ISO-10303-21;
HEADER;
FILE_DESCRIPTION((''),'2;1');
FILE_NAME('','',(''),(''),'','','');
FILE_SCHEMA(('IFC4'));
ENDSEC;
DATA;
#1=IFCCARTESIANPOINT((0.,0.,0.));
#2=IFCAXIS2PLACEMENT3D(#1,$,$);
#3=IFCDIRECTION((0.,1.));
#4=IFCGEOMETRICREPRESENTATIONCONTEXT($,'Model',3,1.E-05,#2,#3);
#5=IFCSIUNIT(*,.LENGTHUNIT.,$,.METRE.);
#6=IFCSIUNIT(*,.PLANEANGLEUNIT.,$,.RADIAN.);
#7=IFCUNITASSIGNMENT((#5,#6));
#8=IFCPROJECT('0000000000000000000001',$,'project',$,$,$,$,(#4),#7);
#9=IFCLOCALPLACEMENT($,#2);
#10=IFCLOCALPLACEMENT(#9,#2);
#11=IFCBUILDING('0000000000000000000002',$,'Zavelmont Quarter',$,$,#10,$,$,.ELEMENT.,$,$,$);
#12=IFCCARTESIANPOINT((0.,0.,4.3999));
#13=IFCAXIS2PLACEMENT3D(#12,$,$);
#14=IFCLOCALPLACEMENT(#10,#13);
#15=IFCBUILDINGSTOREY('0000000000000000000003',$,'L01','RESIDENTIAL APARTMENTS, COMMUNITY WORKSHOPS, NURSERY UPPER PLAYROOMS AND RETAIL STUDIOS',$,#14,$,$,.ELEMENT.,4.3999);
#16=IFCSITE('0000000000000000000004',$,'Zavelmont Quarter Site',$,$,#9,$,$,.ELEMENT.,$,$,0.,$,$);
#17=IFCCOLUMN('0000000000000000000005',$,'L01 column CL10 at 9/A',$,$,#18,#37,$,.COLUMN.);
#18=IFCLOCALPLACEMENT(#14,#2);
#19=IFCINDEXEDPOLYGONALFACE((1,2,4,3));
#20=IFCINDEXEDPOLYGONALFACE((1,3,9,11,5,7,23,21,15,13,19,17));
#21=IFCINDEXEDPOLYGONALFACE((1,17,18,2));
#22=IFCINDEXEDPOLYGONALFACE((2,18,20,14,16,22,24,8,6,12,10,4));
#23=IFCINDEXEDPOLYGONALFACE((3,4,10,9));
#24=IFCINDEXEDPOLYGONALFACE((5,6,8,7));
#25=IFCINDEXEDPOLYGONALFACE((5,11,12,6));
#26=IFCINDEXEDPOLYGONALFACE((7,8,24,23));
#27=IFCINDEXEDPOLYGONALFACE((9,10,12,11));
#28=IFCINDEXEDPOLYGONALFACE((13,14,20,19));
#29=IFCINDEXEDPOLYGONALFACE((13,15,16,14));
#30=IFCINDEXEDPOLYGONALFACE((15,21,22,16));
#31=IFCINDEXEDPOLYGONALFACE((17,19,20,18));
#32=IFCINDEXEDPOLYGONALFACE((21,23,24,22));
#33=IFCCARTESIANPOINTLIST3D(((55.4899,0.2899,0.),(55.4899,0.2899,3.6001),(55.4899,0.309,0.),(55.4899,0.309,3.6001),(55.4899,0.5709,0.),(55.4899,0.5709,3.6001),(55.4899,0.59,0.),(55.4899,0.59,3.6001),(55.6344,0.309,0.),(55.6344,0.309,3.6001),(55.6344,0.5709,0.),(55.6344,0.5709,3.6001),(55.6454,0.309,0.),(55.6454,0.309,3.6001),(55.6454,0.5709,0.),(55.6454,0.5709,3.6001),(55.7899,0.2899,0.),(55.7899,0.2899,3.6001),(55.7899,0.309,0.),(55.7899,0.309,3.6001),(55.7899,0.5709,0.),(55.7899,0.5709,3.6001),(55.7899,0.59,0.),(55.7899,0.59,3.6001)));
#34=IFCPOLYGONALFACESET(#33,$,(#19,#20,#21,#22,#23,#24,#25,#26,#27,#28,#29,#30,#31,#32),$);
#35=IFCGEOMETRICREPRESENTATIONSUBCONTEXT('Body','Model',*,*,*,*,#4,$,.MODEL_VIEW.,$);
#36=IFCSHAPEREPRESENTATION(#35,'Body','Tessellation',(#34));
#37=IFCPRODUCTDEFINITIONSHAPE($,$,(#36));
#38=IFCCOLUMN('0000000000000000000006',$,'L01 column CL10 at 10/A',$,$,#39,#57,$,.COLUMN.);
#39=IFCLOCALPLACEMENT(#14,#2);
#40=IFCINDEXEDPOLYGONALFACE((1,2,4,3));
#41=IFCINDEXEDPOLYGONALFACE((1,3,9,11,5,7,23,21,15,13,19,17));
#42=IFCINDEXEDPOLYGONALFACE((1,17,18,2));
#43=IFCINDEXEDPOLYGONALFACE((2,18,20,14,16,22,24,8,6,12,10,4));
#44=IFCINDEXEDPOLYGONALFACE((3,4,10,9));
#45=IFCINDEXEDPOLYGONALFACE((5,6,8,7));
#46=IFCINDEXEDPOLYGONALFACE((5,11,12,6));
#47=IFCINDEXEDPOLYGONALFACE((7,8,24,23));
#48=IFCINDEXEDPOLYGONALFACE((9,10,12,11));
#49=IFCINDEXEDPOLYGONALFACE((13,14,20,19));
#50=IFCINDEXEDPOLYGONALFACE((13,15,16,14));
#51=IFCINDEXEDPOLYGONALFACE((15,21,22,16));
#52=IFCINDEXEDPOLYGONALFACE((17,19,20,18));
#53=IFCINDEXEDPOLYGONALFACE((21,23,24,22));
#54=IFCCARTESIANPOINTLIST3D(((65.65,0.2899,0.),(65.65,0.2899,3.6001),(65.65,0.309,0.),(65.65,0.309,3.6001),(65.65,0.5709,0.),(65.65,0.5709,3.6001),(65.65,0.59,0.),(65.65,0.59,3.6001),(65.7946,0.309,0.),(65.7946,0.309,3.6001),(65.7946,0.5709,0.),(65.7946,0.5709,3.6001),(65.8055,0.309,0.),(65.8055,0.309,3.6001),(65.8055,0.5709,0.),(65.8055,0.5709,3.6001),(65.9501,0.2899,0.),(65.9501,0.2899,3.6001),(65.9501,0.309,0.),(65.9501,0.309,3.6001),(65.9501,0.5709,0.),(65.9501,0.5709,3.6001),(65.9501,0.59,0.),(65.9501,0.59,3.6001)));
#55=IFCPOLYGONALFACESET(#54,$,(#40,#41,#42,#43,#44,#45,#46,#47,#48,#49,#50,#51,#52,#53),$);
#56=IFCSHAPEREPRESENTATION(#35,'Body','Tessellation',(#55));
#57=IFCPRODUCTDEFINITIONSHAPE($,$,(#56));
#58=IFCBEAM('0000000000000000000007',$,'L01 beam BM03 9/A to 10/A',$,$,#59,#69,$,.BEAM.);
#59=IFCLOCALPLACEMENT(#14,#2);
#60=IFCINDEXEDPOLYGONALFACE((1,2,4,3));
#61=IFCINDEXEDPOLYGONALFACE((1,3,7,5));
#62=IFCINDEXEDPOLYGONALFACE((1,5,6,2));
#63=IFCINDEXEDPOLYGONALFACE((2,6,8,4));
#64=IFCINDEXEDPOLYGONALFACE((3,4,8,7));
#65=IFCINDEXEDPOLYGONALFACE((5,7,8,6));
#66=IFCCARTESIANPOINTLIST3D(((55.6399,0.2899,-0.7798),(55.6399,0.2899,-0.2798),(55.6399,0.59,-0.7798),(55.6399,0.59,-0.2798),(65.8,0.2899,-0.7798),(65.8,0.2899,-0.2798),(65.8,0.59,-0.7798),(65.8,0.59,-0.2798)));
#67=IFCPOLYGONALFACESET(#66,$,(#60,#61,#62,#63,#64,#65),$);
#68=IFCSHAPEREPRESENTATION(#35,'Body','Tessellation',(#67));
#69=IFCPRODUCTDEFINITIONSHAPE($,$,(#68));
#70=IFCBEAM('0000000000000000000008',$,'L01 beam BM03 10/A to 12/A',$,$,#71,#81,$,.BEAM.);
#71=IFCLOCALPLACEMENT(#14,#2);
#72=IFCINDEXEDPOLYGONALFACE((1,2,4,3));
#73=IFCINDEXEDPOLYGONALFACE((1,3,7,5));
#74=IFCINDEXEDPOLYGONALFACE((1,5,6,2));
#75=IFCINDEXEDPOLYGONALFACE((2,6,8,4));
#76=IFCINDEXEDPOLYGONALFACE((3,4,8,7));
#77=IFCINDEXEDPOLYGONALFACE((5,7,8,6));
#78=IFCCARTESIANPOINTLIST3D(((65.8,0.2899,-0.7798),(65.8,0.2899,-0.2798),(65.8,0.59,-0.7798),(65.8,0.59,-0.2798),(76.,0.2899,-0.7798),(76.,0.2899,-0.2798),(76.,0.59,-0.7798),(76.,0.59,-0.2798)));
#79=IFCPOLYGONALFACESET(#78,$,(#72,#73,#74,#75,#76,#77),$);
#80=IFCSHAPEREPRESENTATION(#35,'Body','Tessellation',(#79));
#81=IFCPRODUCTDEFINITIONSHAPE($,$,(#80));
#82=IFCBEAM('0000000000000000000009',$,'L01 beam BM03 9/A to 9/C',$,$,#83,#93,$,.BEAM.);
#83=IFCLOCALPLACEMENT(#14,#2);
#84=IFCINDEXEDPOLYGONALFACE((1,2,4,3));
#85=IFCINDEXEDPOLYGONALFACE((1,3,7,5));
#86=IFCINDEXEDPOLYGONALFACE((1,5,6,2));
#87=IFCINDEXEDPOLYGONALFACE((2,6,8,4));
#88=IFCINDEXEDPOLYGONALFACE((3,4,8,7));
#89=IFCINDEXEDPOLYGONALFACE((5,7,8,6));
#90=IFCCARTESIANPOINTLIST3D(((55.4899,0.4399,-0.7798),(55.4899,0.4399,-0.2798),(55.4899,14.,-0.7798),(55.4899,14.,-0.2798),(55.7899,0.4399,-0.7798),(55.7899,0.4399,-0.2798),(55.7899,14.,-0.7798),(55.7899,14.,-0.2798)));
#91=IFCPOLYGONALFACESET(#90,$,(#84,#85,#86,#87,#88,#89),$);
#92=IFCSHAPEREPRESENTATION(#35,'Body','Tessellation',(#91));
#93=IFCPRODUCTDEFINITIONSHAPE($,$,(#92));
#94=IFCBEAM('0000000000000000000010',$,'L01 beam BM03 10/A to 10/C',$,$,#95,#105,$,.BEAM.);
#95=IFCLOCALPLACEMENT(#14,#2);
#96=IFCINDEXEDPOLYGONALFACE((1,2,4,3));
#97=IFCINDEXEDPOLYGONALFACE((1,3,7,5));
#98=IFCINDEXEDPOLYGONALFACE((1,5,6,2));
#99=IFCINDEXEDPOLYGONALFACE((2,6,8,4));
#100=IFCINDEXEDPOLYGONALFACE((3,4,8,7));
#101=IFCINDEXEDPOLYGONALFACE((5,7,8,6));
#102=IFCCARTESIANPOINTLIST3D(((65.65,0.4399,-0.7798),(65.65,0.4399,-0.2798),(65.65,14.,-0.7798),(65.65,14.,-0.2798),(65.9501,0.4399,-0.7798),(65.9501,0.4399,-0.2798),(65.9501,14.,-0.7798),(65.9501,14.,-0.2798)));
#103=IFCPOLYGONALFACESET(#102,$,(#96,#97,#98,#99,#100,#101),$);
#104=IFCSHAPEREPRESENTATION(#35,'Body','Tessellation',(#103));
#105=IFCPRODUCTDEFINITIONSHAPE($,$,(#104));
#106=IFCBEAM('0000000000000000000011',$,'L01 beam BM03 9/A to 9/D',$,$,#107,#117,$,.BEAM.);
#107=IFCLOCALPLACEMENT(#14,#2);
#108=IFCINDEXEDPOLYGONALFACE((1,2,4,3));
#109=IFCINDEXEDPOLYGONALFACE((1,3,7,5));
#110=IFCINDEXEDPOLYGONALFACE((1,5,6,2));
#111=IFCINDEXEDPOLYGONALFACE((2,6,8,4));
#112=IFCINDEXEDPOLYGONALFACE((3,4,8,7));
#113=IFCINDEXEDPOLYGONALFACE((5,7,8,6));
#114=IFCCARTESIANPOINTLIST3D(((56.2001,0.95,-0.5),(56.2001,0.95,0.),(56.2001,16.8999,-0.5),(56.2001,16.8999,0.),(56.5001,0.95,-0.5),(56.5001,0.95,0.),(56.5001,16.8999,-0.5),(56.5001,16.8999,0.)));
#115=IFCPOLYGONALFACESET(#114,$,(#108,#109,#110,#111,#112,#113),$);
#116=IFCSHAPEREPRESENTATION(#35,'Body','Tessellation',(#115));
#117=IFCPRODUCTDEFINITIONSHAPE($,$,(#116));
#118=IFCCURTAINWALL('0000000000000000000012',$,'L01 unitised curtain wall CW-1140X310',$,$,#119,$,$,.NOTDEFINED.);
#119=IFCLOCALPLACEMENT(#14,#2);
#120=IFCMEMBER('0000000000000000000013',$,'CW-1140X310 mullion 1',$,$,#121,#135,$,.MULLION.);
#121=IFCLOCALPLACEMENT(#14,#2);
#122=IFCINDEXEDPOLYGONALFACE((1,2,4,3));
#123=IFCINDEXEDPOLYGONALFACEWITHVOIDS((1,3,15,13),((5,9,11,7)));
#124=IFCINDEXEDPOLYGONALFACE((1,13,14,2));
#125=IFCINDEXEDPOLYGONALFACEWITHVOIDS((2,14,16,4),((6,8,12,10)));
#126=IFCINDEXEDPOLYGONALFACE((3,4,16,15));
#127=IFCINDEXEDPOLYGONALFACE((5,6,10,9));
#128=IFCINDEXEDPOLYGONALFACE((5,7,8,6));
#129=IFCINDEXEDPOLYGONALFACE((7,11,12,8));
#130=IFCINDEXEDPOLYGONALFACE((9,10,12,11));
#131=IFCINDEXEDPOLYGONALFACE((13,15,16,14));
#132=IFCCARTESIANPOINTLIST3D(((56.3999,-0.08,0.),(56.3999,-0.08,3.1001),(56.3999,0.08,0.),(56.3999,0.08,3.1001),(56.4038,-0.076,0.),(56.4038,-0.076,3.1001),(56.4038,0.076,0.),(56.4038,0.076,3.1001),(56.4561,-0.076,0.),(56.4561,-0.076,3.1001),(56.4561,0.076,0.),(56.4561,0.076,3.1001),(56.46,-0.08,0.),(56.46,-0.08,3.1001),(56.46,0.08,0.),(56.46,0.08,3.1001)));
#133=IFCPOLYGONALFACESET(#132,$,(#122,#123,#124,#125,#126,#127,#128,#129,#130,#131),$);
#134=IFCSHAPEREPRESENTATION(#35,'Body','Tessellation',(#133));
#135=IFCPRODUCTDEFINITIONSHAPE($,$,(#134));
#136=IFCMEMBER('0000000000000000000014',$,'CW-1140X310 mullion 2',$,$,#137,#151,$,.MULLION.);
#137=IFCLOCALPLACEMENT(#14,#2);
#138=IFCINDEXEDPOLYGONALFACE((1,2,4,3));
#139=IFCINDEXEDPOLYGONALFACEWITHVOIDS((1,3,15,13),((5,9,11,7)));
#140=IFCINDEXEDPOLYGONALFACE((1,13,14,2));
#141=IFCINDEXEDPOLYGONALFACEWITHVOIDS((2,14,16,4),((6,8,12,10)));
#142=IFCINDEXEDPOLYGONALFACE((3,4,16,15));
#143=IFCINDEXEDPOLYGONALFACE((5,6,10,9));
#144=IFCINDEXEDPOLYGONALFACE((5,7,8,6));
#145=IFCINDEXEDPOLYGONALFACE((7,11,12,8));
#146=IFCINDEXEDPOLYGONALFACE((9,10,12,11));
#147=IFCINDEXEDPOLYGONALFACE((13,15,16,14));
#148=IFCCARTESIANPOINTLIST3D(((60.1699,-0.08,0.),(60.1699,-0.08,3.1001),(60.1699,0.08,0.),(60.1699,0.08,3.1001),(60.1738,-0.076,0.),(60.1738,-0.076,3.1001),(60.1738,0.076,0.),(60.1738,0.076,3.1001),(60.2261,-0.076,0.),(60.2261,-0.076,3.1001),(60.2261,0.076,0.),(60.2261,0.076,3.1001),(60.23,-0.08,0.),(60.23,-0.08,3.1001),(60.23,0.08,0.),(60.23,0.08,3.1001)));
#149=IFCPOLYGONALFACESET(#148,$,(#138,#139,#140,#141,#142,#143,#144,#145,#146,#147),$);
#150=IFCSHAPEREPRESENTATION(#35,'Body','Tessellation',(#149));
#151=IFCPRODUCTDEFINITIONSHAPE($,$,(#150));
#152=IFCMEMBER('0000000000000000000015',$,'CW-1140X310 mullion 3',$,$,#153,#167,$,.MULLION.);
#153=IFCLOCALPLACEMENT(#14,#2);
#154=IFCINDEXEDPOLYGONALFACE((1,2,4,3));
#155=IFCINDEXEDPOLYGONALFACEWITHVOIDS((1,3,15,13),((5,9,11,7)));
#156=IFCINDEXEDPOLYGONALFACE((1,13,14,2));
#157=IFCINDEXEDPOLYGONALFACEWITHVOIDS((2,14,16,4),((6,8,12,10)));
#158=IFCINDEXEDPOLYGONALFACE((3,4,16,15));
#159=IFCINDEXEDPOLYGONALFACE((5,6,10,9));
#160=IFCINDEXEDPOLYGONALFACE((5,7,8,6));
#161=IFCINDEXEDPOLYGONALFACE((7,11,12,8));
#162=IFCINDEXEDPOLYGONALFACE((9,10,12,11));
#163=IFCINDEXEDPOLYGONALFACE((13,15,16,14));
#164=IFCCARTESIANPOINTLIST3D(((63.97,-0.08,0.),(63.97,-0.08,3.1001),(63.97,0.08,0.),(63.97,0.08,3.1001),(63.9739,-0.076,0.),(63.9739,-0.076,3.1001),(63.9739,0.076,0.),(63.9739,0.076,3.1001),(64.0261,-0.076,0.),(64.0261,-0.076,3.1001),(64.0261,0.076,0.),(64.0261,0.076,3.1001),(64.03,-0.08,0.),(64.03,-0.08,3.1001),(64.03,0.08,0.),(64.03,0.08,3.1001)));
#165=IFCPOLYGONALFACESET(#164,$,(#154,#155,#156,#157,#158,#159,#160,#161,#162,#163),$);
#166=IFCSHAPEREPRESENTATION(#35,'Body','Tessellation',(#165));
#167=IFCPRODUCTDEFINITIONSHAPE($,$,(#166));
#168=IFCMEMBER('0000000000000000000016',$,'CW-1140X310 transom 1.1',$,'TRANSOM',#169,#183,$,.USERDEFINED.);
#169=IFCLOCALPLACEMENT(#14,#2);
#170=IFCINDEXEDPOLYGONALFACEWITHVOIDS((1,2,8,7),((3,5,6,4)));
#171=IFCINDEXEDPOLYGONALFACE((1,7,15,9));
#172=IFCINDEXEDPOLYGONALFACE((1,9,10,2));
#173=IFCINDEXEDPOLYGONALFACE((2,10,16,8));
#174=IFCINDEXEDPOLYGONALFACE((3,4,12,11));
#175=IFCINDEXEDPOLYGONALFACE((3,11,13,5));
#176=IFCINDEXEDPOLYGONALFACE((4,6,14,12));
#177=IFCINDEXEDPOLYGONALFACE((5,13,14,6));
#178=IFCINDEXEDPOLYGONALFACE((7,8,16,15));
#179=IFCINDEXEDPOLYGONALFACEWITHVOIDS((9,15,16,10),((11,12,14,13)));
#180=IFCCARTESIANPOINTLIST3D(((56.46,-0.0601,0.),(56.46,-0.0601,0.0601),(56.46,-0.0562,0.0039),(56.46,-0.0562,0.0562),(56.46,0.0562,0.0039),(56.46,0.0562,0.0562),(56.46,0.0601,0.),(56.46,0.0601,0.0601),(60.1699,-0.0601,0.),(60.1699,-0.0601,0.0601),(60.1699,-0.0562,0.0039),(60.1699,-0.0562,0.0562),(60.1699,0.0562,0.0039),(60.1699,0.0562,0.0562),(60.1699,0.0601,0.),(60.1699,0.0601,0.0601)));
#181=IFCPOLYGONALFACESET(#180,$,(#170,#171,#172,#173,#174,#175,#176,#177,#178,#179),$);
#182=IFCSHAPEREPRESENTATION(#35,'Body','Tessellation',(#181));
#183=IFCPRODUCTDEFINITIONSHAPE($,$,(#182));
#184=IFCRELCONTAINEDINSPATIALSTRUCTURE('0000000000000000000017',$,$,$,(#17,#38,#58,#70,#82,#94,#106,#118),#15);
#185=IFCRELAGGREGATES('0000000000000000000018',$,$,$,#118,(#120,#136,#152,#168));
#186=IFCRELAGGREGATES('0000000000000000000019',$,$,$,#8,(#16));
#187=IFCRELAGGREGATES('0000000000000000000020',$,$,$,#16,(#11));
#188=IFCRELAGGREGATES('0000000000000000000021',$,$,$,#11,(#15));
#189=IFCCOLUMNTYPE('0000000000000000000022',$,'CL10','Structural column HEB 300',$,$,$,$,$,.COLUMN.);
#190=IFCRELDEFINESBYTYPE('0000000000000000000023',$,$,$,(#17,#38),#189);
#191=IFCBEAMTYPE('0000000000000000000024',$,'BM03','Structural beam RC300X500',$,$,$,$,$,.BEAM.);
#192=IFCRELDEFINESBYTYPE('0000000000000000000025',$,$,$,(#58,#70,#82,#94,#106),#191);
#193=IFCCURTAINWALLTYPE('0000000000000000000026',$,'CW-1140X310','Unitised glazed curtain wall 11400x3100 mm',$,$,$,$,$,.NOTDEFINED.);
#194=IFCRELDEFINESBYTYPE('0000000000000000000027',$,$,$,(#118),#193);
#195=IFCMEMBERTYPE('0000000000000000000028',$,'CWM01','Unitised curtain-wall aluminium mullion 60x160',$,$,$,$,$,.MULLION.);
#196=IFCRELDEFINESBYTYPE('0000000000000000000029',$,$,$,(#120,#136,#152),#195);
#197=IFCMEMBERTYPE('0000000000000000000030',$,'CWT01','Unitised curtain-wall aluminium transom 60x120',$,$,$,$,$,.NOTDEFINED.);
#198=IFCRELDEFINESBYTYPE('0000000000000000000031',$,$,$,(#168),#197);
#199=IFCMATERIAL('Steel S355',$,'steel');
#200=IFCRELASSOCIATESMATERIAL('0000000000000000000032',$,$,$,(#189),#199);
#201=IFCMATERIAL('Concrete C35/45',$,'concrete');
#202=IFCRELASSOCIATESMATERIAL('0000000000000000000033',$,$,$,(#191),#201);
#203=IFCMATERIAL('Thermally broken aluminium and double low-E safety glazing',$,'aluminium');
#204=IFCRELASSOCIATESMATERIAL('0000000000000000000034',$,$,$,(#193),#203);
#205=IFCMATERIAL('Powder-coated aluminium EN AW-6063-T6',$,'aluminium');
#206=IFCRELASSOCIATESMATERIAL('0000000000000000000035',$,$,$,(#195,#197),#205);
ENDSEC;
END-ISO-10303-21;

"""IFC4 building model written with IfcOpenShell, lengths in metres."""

from ifc_helpers import new_model, si_unit, direction, frame, origin, origin_2d, place, context, subcontext, project, spatial, rectangle, hollow_rectangle, i_section, extrude, material, material_profile, profile_set, type_object, element, aggregate, save


model = new_model("IFC4")

# Units and contexts
model_context = context("Model", 3, precision=1e-05, world=origin(), true_north=direction((0.0, 1.0)))
body_context = subcontext(model_context, "Body", "Model", "MODEL_VIEW")
ifc_project = project(units=[si_unit("LENGTHUNIT", "METRE"), si_unit("PLANEANGLEUNIT", "RADIAN")], contexts=[model_context])

# Site, building, storey
site_placement = place(None, origin())
site = spatial("IfcSite", under=ifc_project, at=site_placement, Name="Zavelmont Quarter Site", CompositionType="ELEMENT", RefElevation=0.0)
building_placement = place(site_placement, origin())
building = spatial("IfcBuilding", under=site, at=building_placement, Name="Zavelmont Quarter", CompositionType="ELEMENT")
storey_placement = place(building_placement, frame((0.0, 0.0, 4.3999)))
storey = spatial("IfcBuildingStorey", under=building, at=storey_placement, Name="L01", Description="RESIDENTIAL APARTMENTS, COMMUNITY WORKSHOPS, NURSERY UPPER PLAYROOMS AND RETAIL STUDIOS", CompositionType="ELEMENT", Elevation=4.3999)

# Columns
ifc_material_1 = material(Name="Steel S355", Category="steel")
ifc_material_profile_1 = material_profile(ifc_material_1, i_section(OverallWidth=0.3, OverallDepth=0.3, WebThickness=0.011, FlangeThickness=0.019, at=origin_2d()), Name="HEB 300")
ifc_profile_set_1 = profile_set([ifc_material_profile_1], Name="Steel S355")
column_type = type_object("IfcColumnType", Name="CL10", Description="Structural column HEB 300", PredefinedType="COLUMN", material=ifc_profile_set_1)
for number, where, z_axis, x_axis, name in (
    (1, (55.6399, 0.4399, 0.0), (0.0, 0.0, 1.0), (1.0, 0.0, 0.0), "L01 column CL10 at 9/A"),
    (2, (65.8, 0.4399, 0.0), (0.0, 0.0, 1.0), (1.0, 0.0, 0.0), "L01 column CL10 at 10/A"),
):
    element("IfcColumn", number, at=place(storey_placement, frame(where, z_axis=z_axis, x_axis=x_axis)), inside=storey, type_object=column_type, Name=name, PredefinedType="COLUMN", context=body_context, shape_type="SweptSolid", body=[
        extrude(i_section(OverallWidth=0.3, OverallDepth=0.3, WebThickness=0.011, FlangeThickness=0.019, at=origin_2d()), origin(), (0.0, 0.0, 1.0), 3.6001),
    ])

# Beams
ifc_material_2 = material(Name="Concrete C35/45", Category="concrete")
ifc_material_profile_2 = material_profile(ifc_material_2, rectangle(XDim=0.3, YDim=0.5, at=origin_2d()), Name="RC300X500")
ifc_profile_set_2 = profile_set([ifc_material_profile_2], Name="Concrete C35/45")
beam_type = type_object("IfcBeamType", Name="BM03", Description="Structural beam RC300X500", PredefinedType="BEAM", material=ifc_profile_set_2)
beam_1_placement = place(storey_placement, frame((55.6399, 0.4399, -0.5298), z_axis=(1.0, 0.0, 0.0), x_axis=(0.0, 1.0, 0.0)))
element("IfcBeam", 3, at=beam_1_placement, inside=storey, type_object=beam_type, Name="L01 beam BM03 9/A to 10/A", PredefinedType="BEAM", context=body_context, shape_type="SweptSolid", body=[
    extrude(rectangle(XDim=0.3, YDim=0.5, at=origin_2d()), origin(), (0.0, 0.0, 1.0), 10.1602),
])
beam_2_placement = place(storey_placement, frame((65.8, 0.4399, -0.5298), z_axis=(1.0, 0.0, 0.0), x_axis=(0.0, 1.0, 0.0)))
element("IfcBeam", 4, at=beam_2_placement, inside=storey, type_object=beam_type, Name="L01 beam BM03 10/A to 12/A", PredefinedType="BEAM", context=body_context, shape_type="SweptSolid", body=[
    extrude(rectangle(XDim=0.3, YDim=0.5, at=origin_2d()), origin(), (0.0, 0.0, 1.0), 10.2),
])
for number, where, z_axis, x_axis, name in (
    (5, (55.6399, 0.4399, -0.5298), (0.0, 1.0, 0.0), (-1.0, 0.0, 0.0), "L01 beam BM03 9/A to 9/C"),
    (6, (65.8, 0.4399, -0.5298), (0.0, 1.0, 0.0), (-1.0, 0.0, 0.0), "L01 beam BM03 10/A to 10/C"),
):
    element("IfcBeam", number, at=place(storey_placement, frame(where, z_axis=z_axis, x_axis=x_axis)), inside=storey, type_object=beam_type, Name=name, PredefinedType="BEAM", context=body_context, shape_type="SweptSolid", body=[
        extrude(rectangle(XDim=0.3, YDim=0.5, at=origin_2d()), origin(), (0.0, 0.0, 1.0), 13.5601),
    ])
beam_3_placement = place(storey_placement, frame((56.3501, 0.95, -0.25), z_axis=(0.0, 1.0, 0.0), x_axis=(-1.0, 0.0, 0.0)))
element("IfcBeam", 7, at=beam_3_placement, inside=storey, type_object=beam_type, Name="L01 beam BM03 9/A to 9/D", PredefinedType="BEAM", context=body_context, shape_type="SweptSolid", body=[
    extrude(rectangle(XDim=0.3, YDim=0.5, at=origin_2d()), origin(), (0.0, 0.0, 1.0), 15.95),
])

# Curtain wall, members
ifc_material_3 = material(Name="Thermally broken aluminium and double low-E safety glazing", Category="aluminium")
curtain_wall_type = type_object("IfcCurtainWallType", Name="CW-1140X310", Description="Unitised glazed curtain wall 11400x3100 mm", PredefinedType="NOTDEFINED", material=ifc_material_3)
curtain_wall_placement = place(storey_placement, origin())
curtain_wall = element("IfcCurtainWall", 8, at=curtain_wall_placement, inside=storey, type_object=curtain_wall_type, Name="L01 unitised curtain wall CW-1140X310", PredefinedType="NOTDEFINED")
ifc_material_4 = material(Name="Powder-coated aluminium EN AW-6063-T6", Category="aluminium")
ifc_material_profile_3 = material_profile(ifc_material_4, hollow_rectangle(XDim=0.0601, YDim=0.1599, WallThickness=0.0039, at=origin_2d()), Name="CWM60X160")
ifc_profile_set_3 = profile_set([ifc_material_profile_3], Name="Powder-coated aluminium EN AW-6063-T6")
member_type_1 = type_object("IfcMemberType", Name="CWM01", Description="Unitised curtain-wall aluminium mullion 60x160", PredefinedType="MULLION", material=ifc_profile_set_3)
member_1_placement = place(storey_placement, frame((56.4299, 0.0, 0.0), z_axis=(0.0, 0.0, 1.0), x_axis=(1.0, 0.0, 0.0)))
member_1 = element("IfcMember", 9, at=member_1_placement, type_object=member_type_1, Name="CW-1140X310 mullion 1", PredefinedType="MULLION", context=body_context, shape_type="SweptSolid", body=[
    extrude(hollow_rectangle(XDim=0.0601, YDim=0.1599, WallThickness=0.0039, at=origin_2d()), origin(), (0.0, 0.0, 1.0), 3.1001),
])
member_2_placement = place(storey_placement, frame((60.2, 0.0, 0.0), z_axis=(0.0, 0.0, 1.0), x_axis=(1.0, 0.0, 0.0)))
member_2 = element("IfcMember", 10, at=member_2_placement, type_object=member_type_1, Name="CW-1140X310 mullion 2", PredefinedType="MULLION", context=body_context, shape_type="SweptSolid", body=[
    extrude(hollow_rectangle(XDim=0.0601, YDim=0.1599, WallThickness=0.0039, at=origin_2d()), origin(), (0.0, 0.0, 1.0), 3.1001),
])
member_3_placement = place(storey_placement, frame((64.0, 0.0, 0.0), z_axis=(0.0, 0.0, 1.0), x_axis=(1.0, 0.0, 0.0)))
member_3 = element("IfcMember", 11, at=member_3_placement, type_object=member_type_1, Name="CW-1140X310 mullion 3", PredefinedType="MULLION", context=body_context, shape_type="SweptSolid", body=[
    extrude(hollow_rectangle(XDim=0.0601, YDim=0.1599, WallThickness=0.0039, at=origin_2d()), origin(), (0.0, 0.0, 1.0), 3.1001),
])
ifc_material_profile_4 = material_profile(ifc_material_4, hollow_rectangle(XDim=0.1201, YDim=0.0601, WallThickness=0.0039, at=origin_2d()), Name="CWT60X120")
ifc_profile_set_4 = profile_set([ifc_material_profile_4], Name="Powder-coated aluminium EN AW-6063-T6")
member_type_2 = type_object("IfcMemberType", Name="CWT01", Description="Unitised curtain-wall aluminium transom 60x120", PredefinedType="NOTDEFINED", material=ifc_profile_set_4)
member_4_placement = place(storey_placement, frame((56.46, 0.0, 0.03), z_axis=(1.0, 0.0, 0.0), x_axis=(0.0, 1.0, 0.0)))
member_4 = element("IfcMember", 12, at=member_4_placement, type_object=member_type_2, Name="CW-1140X310 transom 1.1", ObjectType="TRANSOM", PredefinedType="USERDEFINED", context=body_context, shape_type="SweptSolid", body=[
    extrude(hollow_rectangle(XDim=0.1201, YDim=0.0601, WallThickness=0.0039, at=origin_2d()), origin(), (0.0, 0.0, 1.0), 3.71),
])
aggregate(curtain_wall, [member_1, member_2, member_3, member_4])

save(model, "model.ifc")
